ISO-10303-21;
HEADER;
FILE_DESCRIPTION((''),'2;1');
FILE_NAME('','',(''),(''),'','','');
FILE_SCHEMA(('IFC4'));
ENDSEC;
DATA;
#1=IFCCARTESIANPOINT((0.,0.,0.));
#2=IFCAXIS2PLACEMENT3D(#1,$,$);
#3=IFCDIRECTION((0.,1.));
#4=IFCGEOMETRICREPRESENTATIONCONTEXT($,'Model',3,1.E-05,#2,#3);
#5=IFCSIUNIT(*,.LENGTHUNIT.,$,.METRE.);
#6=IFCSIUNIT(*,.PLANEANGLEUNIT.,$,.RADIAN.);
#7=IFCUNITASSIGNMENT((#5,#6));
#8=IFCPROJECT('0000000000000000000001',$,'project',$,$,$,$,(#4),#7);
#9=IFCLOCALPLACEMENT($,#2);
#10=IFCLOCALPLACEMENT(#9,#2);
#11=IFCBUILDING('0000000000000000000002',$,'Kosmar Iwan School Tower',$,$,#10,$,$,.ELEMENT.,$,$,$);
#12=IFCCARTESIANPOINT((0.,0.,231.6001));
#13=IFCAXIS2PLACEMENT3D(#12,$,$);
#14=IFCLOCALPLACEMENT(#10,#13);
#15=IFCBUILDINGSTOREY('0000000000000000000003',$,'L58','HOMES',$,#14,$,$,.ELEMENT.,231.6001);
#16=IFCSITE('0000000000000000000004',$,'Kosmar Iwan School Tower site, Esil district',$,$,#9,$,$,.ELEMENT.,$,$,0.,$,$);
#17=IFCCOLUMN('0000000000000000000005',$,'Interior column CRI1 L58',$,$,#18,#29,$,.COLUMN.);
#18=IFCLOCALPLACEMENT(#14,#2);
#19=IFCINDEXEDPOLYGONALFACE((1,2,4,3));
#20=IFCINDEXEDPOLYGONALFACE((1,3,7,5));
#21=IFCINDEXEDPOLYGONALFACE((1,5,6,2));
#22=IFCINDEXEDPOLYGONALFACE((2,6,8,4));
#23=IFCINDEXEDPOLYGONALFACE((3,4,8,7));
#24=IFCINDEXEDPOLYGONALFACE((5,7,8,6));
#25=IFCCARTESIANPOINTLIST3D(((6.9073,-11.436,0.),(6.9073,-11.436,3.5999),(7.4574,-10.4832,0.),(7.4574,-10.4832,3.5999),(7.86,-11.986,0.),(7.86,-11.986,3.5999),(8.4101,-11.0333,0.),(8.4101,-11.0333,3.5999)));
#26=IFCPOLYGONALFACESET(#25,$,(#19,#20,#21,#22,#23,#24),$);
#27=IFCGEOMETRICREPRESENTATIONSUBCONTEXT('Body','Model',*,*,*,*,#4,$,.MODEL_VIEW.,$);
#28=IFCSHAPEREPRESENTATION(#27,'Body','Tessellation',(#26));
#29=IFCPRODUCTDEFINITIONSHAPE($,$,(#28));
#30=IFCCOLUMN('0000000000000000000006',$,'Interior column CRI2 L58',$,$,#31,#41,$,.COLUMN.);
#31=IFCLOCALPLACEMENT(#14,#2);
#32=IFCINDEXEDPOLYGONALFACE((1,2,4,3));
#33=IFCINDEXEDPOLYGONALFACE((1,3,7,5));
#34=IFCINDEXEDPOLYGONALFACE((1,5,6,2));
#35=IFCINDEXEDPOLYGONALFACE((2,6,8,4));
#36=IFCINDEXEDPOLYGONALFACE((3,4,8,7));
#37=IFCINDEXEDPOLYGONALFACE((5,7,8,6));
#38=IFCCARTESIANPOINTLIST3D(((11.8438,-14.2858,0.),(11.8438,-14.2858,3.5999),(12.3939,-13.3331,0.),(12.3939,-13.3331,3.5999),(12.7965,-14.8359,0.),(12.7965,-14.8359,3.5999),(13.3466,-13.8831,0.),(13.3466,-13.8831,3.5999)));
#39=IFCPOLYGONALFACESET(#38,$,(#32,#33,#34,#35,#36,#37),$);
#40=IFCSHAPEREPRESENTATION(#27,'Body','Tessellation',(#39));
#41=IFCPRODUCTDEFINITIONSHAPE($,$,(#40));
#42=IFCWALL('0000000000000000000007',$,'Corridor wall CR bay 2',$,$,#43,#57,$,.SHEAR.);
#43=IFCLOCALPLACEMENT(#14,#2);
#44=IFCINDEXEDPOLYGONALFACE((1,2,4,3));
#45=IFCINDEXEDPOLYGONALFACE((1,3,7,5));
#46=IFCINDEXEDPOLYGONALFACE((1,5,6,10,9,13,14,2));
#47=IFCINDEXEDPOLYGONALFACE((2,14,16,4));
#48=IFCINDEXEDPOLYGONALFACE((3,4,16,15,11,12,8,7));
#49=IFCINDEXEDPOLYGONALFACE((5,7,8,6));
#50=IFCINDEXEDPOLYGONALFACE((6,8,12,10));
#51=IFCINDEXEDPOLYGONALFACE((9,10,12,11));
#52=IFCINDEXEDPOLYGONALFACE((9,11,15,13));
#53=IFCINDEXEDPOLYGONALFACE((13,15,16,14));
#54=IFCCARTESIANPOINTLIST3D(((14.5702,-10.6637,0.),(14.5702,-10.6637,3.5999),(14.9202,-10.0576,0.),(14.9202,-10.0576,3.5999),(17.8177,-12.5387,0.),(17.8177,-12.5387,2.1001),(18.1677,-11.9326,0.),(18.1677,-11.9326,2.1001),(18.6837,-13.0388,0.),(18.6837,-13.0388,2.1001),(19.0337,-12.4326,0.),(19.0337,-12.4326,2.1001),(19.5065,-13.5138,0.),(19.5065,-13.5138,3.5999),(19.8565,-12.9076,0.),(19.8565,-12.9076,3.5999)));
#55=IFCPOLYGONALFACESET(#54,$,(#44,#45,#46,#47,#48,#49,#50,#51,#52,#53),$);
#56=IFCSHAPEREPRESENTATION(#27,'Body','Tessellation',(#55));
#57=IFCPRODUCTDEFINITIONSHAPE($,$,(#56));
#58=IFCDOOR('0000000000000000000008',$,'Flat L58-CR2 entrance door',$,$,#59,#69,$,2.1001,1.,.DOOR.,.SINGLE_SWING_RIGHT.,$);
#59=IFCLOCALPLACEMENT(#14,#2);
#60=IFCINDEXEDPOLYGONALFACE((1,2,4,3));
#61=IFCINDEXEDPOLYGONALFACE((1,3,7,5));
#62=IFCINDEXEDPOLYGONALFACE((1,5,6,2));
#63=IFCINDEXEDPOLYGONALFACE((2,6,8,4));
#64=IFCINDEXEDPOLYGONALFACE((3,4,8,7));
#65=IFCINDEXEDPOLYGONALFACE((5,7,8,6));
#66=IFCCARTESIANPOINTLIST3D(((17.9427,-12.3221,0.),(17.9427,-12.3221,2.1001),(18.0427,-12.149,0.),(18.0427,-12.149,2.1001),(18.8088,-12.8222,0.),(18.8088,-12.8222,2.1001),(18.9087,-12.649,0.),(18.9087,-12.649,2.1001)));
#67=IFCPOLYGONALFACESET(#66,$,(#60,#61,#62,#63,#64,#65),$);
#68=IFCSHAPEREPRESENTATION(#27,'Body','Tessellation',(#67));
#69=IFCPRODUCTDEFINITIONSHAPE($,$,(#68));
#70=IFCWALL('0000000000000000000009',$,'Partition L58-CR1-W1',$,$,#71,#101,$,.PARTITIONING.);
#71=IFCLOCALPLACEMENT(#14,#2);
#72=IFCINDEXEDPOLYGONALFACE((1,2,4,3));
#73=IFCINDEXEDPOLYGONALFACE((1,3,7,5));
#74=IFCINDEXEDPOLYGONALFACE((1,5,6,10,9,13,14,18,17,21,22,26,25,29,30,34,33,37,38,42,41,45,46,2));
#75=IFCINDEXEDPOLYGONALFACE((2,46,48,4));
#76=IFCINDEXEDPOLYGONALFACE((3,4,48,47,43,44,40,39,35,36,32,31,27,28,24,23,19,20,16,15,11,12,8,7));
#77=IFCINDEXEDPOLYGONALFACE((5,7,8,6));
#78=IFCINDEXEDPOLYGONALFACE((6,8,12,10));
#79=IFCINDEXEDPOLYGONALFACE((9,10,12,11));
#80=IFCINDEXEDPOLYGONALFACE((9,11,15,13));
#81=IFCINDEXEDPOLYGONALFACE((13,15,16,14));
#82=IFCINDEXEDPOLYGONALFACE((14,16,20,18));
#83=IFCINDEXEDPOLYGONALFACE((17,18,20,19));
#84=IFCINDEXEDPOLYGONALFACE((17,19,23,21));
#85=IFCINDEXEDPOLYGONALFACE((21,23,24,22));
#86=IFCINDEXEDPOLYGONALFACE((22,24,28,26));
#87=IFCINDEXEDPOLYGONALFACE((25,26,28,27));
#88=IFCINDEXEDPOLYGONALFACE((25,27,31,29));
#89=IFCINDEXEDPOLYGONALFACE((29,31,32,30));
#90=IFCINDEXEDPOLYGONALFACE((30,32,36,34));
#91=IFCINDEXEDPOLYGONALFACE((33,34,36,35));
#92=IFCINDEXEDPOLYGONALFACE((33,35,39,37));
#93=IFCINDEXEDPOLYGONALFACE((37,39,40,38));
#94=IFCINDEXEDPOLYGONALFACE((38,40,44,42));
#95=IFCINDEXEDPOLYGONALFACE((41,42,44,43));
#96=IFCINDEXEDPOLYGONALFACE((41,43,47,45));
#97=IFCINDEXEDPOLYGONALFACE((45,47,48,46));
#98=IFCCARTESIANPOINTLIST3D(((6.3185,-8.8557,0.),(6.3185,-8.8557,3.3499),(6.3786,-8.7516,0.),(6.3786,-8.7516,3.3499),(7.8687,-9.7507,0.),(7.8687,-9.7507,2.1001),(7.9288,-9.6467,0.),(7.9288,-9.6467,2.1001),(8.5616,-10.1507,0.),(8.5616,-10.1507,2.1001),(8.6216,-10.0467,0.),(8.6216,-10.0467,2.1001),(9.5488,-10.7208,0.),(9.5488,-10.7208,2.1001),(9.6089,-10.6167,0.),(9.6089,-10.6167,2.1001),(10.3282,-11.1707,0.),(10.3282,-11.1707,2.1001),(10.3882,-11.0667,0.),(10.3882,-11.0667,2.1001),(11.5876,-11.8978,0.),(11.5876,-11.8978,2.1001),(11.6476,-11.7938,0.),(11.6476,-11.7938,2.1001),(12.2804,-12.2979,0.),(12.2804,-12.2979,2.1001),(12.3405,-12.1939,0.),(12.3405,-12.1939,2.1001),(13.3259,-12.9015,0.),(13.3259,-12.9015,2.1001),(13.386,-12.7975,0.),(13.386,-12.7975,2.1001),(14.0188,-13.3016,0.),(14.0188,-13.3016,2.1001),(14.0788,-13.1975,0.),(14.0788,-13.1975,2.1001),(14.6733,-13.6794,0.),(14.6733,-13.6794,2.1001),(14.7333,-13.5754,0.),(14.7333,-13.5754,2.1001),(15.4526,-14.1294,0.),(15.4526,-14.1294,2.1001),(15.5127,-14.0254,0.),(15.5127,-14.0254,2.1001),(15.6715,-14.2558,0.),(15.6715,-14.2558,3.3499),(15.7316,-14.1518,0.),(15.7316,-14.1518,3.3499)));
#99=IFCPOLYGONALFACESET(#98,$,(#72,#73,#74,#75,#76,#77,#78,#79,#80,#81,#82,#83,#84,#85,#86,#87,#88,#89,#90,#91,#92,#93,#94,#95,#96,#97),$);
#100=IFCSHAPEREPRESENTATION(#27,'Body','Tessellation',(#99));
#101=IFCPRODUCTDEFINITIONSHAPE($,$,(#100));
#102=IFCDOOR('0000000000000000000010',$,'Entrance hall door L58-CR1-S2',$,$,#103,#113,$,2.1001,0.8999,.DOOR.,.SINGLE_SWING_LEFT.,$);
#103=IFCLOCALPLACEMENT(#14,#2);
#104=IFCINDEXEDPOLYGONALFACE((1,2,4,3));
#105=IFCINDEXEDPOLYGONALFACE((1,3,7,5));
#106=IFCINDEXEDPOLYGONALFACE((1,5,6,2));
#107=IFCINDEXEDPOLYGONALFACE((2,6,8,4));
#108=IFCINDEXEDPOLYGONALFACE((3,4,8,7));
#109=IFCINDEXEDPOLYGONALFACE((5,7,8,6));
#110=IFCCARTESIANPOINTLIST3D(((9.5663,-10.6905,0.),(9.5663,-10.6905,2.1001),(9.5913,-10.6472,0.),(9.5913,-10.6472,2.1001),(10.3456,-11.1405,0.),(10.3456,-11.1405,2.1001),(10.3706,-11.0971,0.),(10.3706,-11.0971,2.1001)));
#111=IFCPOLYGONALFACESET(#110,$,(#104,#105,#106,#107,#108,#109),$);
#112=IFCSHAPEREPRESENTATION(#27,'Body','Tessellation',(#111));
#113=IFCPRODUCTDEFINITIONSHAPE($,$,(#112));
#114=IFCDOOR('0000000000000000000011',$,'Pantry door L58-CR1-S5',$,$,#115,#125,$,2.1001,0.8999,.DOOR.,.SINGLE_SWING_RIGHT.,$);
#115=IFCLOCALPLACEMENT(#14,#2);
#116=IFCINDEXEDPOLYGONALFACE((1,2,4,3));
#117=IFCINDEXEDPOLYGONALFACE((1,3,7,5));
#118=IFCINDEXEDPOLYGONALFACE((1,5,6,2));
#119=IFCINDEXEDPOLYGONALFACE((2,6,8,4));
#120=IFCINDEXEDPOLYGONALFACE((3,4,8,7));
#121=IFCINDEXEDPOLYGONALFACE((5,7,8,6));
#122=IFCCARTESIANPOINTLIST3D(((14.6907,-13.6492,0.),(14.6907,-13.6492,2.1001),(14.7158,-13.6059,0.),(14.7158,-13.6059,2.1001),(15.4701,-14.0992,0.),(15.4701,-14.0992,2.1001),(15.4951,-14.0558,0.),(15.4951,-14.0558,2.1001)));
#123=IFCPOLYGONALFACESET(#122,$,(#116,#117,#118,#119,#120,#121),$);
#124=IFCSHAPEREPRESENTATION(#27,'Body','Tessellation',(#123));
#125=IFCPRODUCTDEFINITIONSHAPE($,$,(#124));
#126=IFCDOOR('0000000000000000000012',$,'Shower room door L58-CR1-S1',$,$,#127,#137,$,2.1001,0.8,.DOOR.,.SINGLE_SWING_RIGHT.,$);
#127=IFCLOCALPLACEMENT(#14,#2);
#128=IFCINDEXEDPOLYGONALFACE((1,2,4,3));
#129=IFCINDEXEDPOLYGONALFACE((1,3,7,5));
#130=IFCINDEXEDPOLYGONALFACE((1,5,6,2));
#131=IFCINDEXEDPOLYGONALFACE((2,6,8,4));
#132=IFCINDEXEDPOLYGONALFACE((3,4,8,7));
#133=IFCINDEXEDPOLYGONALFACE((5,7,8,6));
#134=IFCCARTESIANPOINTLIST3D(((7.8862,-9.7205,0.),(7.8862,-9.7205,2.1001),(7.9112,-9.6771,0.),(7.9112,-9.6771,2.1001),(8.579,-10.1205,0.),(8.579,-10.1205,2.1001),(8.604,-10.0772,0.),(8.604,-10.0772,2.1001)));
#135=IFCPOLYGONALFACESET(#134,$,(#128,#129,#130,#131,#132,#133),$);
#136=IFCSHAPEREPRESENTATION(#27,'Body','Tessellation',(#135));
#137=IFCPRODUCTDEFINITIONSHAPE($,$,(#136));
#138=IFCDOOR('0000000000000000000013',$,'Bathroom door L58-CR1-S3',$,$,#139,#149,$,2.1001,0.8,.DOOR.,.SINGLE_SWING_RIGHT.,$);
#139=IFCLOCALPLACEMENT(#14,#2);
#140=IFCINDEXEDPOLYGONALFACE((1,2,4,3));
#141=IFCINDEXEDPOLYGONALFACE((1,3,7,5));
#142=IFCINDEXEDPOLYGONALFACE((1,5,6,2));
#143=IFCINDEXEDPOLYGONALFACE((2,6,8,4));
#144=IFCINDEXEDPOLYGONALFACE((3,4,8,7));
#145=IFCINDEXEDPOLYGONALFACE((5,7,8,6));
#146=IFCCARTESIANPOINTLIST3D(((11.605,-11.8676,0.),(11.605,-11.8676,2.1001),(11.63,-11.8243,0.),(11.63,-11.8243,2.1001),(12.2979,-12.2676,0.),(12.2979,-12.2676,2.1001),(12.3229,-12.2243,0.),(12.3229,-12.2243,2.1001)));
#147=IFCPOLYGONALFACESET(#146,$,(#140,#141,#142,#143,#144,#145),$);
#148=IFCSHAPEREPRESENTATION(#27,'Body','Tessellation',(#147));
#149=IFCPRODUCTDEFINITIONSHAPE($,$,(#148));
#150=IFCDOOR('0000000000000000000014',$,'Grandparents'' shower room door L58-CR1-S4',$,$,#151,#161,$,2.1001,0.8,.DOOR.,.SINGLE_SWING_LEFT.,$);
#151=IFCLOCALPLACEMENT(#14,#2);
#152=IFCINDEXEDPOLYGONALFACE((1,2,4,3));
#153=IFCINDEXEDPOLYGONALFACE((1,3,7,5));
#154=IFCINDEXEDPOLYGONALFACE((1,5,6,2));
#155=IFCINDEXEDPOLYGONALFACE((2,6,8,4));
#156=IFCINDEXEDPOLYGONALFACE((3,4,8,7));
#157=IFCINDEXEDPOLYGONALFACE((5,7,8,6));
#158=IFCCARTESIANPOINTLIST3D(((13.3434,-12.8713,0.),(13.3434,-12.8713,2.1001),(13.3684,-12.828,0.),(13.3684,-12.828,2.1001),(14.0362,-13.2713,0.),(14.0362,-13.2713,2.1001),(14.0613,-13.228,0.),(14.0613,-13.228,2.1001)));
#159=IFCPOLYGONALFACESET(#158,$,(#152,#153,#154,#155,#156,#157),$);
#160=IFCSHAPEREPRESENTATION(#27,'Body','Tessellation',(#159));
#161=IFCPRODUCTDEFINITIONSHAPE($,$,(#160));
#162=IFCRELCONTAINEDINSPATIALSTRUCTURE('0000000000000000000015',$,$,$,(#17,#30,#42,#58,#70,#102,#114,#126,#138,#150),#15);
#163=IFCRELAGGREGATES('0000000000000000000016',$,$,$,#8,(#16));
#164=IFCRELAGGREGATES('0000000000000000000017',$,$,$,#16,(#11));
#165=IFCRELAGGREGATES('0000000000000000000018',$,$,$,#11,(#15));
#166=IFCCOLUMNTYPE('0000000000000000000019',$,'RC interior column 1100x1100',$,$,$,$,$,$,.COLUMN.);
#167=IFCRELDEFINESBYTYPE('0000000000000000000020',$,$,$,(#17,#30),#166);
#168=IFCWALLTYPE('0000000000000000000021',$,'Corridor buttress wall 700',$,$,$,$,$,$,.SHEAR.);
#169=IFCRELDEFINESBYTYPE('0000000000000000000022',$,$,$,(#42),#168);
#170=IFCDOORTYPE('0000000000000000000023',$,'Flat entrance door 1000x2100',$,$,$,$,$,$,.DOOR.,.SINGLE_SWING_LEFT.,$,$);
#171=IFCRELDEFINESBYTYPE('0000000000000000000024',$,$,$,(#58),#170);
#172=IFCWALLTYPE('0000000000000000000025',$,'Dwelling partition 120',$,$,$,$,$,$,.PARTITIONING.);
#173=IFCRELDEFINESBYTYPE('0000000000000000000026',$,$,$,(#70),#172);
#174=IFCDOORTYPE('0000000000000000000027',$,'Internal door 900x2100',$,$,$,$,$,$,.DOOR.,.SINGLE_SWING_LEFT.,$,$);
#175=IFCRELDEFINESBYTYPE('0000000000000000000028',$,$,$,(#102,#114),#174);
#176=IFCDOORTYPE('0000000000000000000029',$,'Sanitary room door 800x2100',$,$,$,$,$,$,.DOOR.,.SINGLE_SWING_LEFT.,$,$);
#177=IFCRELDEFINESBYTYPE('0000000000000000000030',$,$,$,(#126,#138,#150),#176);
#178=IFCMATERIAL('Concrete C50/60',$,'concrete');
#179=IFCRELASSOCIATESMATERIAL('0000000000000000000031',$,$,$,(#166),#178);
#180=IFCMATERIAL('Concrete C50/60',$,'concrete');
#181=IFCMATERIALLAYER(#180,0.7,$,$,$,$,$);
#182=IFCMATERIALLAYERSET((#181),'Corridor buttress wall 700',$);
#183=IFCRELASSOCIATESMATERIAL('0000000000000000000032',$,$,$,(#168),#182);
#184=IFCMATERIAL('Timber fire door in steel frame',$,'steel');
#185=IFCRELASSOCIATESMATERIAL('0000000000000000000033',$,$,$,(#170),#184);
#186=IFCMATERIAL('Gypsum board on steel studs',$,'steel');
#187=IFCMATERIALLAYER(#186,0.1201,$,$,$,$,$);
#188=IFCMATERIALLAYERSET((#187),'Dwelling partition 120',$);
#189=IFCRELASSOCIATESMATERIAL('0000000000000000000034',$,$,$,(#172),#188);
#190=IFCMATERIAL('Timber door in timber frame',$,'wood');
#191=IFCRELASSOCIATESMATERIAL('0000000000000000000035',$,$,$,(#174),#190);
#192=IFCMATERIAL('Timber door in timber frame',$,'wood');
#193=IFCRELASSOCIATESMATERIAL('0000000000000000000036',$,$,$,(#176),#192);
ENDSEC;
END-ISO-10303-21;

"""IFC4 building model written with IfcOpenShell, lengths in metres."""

from ifc_helpers import new_model, si_unit, direction, frame, frame_2d, origin, origin_2d, place, context, subcontext, project, spatial, rectangle, extrude, material, layer, layer_set, material_profile, profile_set, type_object, element, fill, save


model = new_model("IFC4")

# Units and contexts
model_context = context("Model", 3, precision=1e-05, world=origin(), true_north=direction((0.0, 1.0)))
body_context = subcontext(model_context, "Body", "Model", "MODEL_VIEW")
ifc_project = project(units=[si_unit("LENGTHUNIT", "METRE"), si_unit("PLANEANGLEUNIT", "RADIAN")], contexts=[model_context])

# Site, building, storey
site_placement = place(None, origin())
site = spatial("IfcSite", under=ifc_project, at=site_placement, Name="Kosmar Iwan School Tower site, Esil district", CompositionType="ELEMENT", RefElevation=0.0)
building_placement = place(site_placement, origin())
building = spatial("IfcBuilding", under=site, at=building_placement, Name="Kosmar Iwan School Tower", CompositionType="ELEMENT")
storey_placement = place(building_placement, frame((0.0, 0.0, 231.6001)))
storey = spatial("IfcBuildingStorey", under=building, at=storey_placement, Name="L58", Description="HOMES", CompositionType="ELEMENT", Elevation=231.6001)

# Columns
ifc_material_1 = material(Name="Concrete C50/60", Category="concrete")
ifc_material_profile = material_profile(ifc_material_1, rectangle(XDim=1.1001, YDim=1.1001, at=origin_2d()), Name="RC 1100x1100")
ifc_profile_set = profile_set([ifc_material_profile], Name="Concrete C50/60")
column_type = type_object("IfcColumnType", Name="RC interior column 1100x1100", PredefinedType="COLUMN", material=ifc_profile_set)
for number, where, z_axis, x_axis, name in (
    (1, (7.6587, -11.2346, 0.0), (0.0, 0.0, 1.0), (0.866025, -0.5, 0.0), "Interior column CRI1 L58"),
    (2, (12.5952, -14.0845, 0.0), (0.0, 0.0, 1.0), (0.866025, -0.5, 0.0), "Interior column CRI2 L58"),
):
    element("IfcColumn", number, at=place(storey_placement, frame(where, z_axis=z_axis, x_axis=x_axis)), inside=storey, type_object=column_type, Name=name, PredefinedType="COLUMN", context=body_context, shape_type="SweptSolid", body=[
        extrude(rectangle(XDim=1.1001, YDim=1.1001, at=origin_2d()), origin(), (0.0, 0.0, 1.0), 3.5999),
    ])

# Wall, opening, door
ifc_material_2 = material(Name="Concrete C50/60", Category="concrete")
ifc_layer_1 = layer(ifc_material_2, 0.7)
ifc_layer_set_1 = layer_set([ifc_layer_1], Name="Corridor buttress wall 700")
wall_type_1 = type_object("IfcWallType", Name="Corridor buttress wall 700", PredefinedType="SHEAR", material=ifc_layer_set_1)
wall_1_placement = place(storey_placement, frame((14.7451, -10.3606, 0.0), z_axis=(0.0, 0.0, 1.0), x_axis=(0.866015, -0.500018, 0.0)))
wall_1 = element("IfcWall", 3, at=wall_1_placement, inside=storey, type_object=wall_type_1, Name="Corridor wall CR bay 2", PredefinedType="SHEAR", context=body_context, shape_type="SweptSolid", body=[
    extrude(rectangle(XDim=5.7, YDim=0.7, at=frame_2d((2.8501, 0.0))), origin(), (0.0, 0.0, 1.0), 3.5999),
])
opening_1_placement = place(wall_1_placement, frame((3.75, 0.0, 0.0)))
opening_1 = element("IfcOpeningElement", 4, at=opening_1_placement, cuts=wall_1, PredefinedType="OPENING", context=body_context, shape_type="SweptSolid", body=[
    extrude(rectangle(XDim=1.0, YDim=2.1001, at=frame_2d((0.5, 1.05))), frame((0.0, 0.3621, 0.0), z_axis=(0.0, -1.0, 0.0), x_axis=(1.0, 0.0, 0.0)), (0.0, 0.0, 1.0), 0.7239),
])
ifc_material_3 = material(Name="Timber fire door in steel frame", Category="steel")
door_type_1 = type_object("IfcDoorType", Name="Flat entrance door 1000x2100", OperationType="SINGLE_SWING_LEFT", PredefinedType="DOOR", material=ifc_material_3)
door_1_placement = place(opening_1_placement, origin())
door_1 = element("IfcDoor", 5, at=door_1_placement, inside=storey, type_object=door_type_1, Name="Flat L58-CR2 entrance door", OperationType="SINGLE_SWING_RIGHT", OverallHeight=2.1001, OverallWidth=1.0, PredefinedType="DOOR", context=body_context, shape_type="SweptSolid", body=[
    extrude(rectangle(XDim=1.0, YDim=2.1001, at=frame_2d((0.5, 1.05))), frame((0.0, 0.1001, 0.0), z_axis=(0.0, -1.0, 0.0), x_axis=(1.0, 0.0, 0.0)), (0.0, 0.0, 1.0), 0.2),
])
fill(opening_1, door_1)

# Wall, openings, doors
ifc_material_4 = material(Name="Gypsum board on steel studs", Category="steel")
ifc_layer_2 = layer(ifc_material_4, 0.1201)
ifc_layer_set_2 = layer_set([ifc_layer_2], Name="Dwelling partition 120")
wall_type_2 = type_object("IfcWallType", Name="Dwelling partition 120", PredefinedType="PARTITIONING", material=ifc_layer_set_2)
wall_2_placement = place(storey_placement, frame((6.3486, -8.8037, 0.0), z_axis=(0.0, 0.0, 1.0), x_axis=(0.866018, -0.500012, 0.0)))
wall_2 = element("IfcWall", 6, at=wall_2_placement, inside=storey, type_object=wall_type_2, Name="Partition L58-CR1-W1", PredefinedType="PARTITIONING", context=body_context, shape_type="SweptSolid", body=[
    extrude(rectangle(XDim=10.8, YDim=0.1201, at=frame_2d((5.3999, 0.0))), origin(), (0.0, 0.0, 1.0), 3.3499),
])
opening_2_placement = place(wall_2_placement, frame((1.79, 0.0, 0.0)))
opening_2 = element("IfcOpeningElement", 7, at=opening_2_placement, cuts=wall_2, PredefinedType="OPENING", context=body_context, shape_type="SweptSolid", body=[
    extrude(rectangle(XDim=0.8, YDim=2.1001, at=frame_2d((0.3999, 1.05))), frame((0.0, 0.072, 0.0), z_axis=(0.0, -1.0, 0.0), x_axis=(1.0, 0.0, 0.0)), (0.0, 0.0, 1.0), 0.144),
])
opening_3_placement = place(wall_2_placement, frame((3.73, 0.0, 0.0)))
opening_3 = element("IfcOpeningElement", 8, at=opening_3_placement, cuts=wall_2, PredefinedType="OPENING", context=body_context, shape_type="SweptSolid", body=[
    extrude(rectangle(XDim=0.8999, YDim=2.1001, at=frame_2d((0.45, 1.05))), frame((0.0, 0.072, 0.0), z_axis=(0.0, -1.0, 0.0), x_axis=(1.0, 0.0, 0.0)), (0.0, 0.0, 1.0), 0.144),
])
opening_4_placement = place(wall_2_placement, frame((6.0842, 0.0, 0.0)))
opening_4 = element("IfcOpeningElement", 9, at=opening_4_placement, cuts=wall_2, PredefinedType="OPENING", context=body_context, shape_type="SweptSolid", body=[
    extrude(rectangle(XDim=0.8, YDim=2.1001, at=frame_2d((0.3999, 1.05))), frame((0.0, 0.072, 0.0), z_axis=(0.0, -1.0, 0.0), x_axis=(1.0, 0.0, 0.0)), (0.0, 0.0, 1.0), 0.144),
])
opening_5_placement = place(wall_2_placement, frame((8.0916, 0.0, 0.0)))
opening_5 = element("IfcOpeningElement", 10, at=opening_5_placement, cuts=wall_2, PredefinedType="OPENING", context=body_context, shape_type="SweptSolid", body=[
    extrude(rectangle(XDim=0.8, YDim=2.1001, at=frame_2d((0.3999, 1.05))), frame((0.0, 0.072, 0.0), z_axis=(0.0, -1.0, 0.0), x_axis=(1.0, 0.0, 0.0)), (0.0, 0.0, 1.0), 0.144),
])
opening_6_placement = place(wall_2_placement, frame((9.6472, 0.0, 0.0)))
opening_6 = element("IfcOpeningElement", 11, at=opening_6_placement, cuts=wall_2, PredefinedType="OPENING", context=body_context, shape_type="SweptSolid", body=[
    extrude(rectangle(XDim=0.8999, YDim=2.1001, at=frame_2d((0.45, 1.05))), frame((0.0, 0.072, 0.0), z_axis=(0.0, -1.0, 0.0), x_axis=(1.0, 0.0, 0.0)), (0.0, 0.0, 1.0), 0.144),
])
ifc_material_5 = material(Name="Timber door in timber frame", Category="wood")
door_type_2 = type_object("IfcDoorType", Name="Internal door 900x2100", OperationType="SINGLE_SWING_LEFT", PredefinedType="DOOR", material=ifc_material_5)
door_2_placement = place(opening_3_placement, origin())
door_2 = element("IfcDoor", 12, at=door_2_placement, inside=storey, type_object=door_type_2, Name="Entrance hall door L58-CR1-S2", OperationType="SINGLE_SWING_LEFT", OverallHeight=2.1001, OverallWidth=0.8999, PredefinedType="DOOR", context=body_context, shape_type="SweptSolid", body=[
    extrude(rectangle(XDim=0.8999, YDim=2.1001, at=frame_2d((0.45, 1.05))), frame((0.0, 0.0249, 0.0), z_axis=(0.0, -1.0, 0.0), x_axis=(1.0, 0.0, 0.0)), (0.0, 0.0, 1.0), 0.05),
])
fill(opening_3, door_2)
door_3_placement = place(opening_6_placement, origin())
door_3 = element("IfcDoor", 13, at=door_3_placement, inside=storey, type_object=door_type_2, Name="Pantry door L58-CR1-S5", OperationType="SINGLE_SWING_RIGHT", OverallHeight=2.1001, OverallWidth=0.8999, PredefinedType="DOOR", context=body_context, shape_type="SweptSolid", body=[
    extrude(rectangle(XDim=0.8999, YDim=2.1001, at=frame_2d((0.45, 1.05))), frame((0.0, 0.0249, 0.0), z_axis=(0.0, -1.0, 0.0), x_axis=(1.0, 0.0, 0.0)), (0.0, 0.0, 1.0), 0.05),
])
fill(opening_6, door_3)
ifc_material_6 = material(Name="Timber door in timber frame", Category="wood")
door_type_3 = type_object("IfcDoorType", Name="Sanitary room door 800x2100", OperationType="SINGLE_SWING_LEFT", PredefinedType="DOOR", material=ifc_material_6)
door_4_placement = place(opening_2_placement, origin())
door_4 = element("IfcDoor", 14, at=door_4_placement, inside=storey, type_object=door_type_3, Name="Shower room door L58-CR1-S1", OperationType="SINGLE_SWING_RIGHT", OverallHeight=2.1001, OverallWidth=0.8, PredefinedType="DOOR", context=body_context, shape_type="SweptSolid", body=[
    extrude(rectangle(XDim=0.8, YDim=2.1001, at=frame_2d((0.3999, 1.05))), frame((0.0, 0.0249, 0.0), z_axis=(0.0, -1.0, 0.0), x_axis=(1.0, 0.0, 0.0)), (0.0, 0.0, 1.0), 0.05),
])
fill(opening_2, door_4)
door_5_placement = place(opening_4_placement, origin())
door_5 = element("IfcDoor", 15, at=door_5_placement, inside=storey, type_object=door_type_3, Name="Bathroom door L58-CR1-S3", OperationType="SINGLE_SWING_RIGHT", OverallHeight=2.1001, OverallWidth=0.8, PredefinedType="DOOR", context=body_context, shape_type="SweptSolid", body=[
    extrude(rectangle(XDim=0.8, YDim=2.1001, at=frame_2d((0.3999, 1.05))), frame((0.0, 0.0249, 0.0), z_axis=(0.0, -1.0, 0.0), x_axis=(1.0, 0.0, 0.0)), (0.0, 0.0, 1.0), 0.05),
])
fill(opening_4, door_5)
door_6_placement = place(opening_5_placement, origin())
door_6 = element("IfcDoor", 16, at=door_6_placement, inside=storey, type_object=door_type_3, Name="Grandparents' shower room door L58-CR1-S4", OperationType="SINGLE_SWING_LEFT", OverallHeight=2.1001, OverallWidth=0.8, PredefinedType="DOOR", context=body_context, shape_type="SweptSolid", body=[
    extrude(rectangle(XDim=0.8, YDim=2.1001, at=frame_2d((0.3999, 1.05))), frame((0.0, 0.0249, 0.0), z_axis=(0.0, -1.0, 0.0), x_axis=(1.0, 0.0, 0.0)), (0.0, 0.0, 1.0), 0.05),
])
fill(opening_5, door_6)

save(model, "model.ifc")
